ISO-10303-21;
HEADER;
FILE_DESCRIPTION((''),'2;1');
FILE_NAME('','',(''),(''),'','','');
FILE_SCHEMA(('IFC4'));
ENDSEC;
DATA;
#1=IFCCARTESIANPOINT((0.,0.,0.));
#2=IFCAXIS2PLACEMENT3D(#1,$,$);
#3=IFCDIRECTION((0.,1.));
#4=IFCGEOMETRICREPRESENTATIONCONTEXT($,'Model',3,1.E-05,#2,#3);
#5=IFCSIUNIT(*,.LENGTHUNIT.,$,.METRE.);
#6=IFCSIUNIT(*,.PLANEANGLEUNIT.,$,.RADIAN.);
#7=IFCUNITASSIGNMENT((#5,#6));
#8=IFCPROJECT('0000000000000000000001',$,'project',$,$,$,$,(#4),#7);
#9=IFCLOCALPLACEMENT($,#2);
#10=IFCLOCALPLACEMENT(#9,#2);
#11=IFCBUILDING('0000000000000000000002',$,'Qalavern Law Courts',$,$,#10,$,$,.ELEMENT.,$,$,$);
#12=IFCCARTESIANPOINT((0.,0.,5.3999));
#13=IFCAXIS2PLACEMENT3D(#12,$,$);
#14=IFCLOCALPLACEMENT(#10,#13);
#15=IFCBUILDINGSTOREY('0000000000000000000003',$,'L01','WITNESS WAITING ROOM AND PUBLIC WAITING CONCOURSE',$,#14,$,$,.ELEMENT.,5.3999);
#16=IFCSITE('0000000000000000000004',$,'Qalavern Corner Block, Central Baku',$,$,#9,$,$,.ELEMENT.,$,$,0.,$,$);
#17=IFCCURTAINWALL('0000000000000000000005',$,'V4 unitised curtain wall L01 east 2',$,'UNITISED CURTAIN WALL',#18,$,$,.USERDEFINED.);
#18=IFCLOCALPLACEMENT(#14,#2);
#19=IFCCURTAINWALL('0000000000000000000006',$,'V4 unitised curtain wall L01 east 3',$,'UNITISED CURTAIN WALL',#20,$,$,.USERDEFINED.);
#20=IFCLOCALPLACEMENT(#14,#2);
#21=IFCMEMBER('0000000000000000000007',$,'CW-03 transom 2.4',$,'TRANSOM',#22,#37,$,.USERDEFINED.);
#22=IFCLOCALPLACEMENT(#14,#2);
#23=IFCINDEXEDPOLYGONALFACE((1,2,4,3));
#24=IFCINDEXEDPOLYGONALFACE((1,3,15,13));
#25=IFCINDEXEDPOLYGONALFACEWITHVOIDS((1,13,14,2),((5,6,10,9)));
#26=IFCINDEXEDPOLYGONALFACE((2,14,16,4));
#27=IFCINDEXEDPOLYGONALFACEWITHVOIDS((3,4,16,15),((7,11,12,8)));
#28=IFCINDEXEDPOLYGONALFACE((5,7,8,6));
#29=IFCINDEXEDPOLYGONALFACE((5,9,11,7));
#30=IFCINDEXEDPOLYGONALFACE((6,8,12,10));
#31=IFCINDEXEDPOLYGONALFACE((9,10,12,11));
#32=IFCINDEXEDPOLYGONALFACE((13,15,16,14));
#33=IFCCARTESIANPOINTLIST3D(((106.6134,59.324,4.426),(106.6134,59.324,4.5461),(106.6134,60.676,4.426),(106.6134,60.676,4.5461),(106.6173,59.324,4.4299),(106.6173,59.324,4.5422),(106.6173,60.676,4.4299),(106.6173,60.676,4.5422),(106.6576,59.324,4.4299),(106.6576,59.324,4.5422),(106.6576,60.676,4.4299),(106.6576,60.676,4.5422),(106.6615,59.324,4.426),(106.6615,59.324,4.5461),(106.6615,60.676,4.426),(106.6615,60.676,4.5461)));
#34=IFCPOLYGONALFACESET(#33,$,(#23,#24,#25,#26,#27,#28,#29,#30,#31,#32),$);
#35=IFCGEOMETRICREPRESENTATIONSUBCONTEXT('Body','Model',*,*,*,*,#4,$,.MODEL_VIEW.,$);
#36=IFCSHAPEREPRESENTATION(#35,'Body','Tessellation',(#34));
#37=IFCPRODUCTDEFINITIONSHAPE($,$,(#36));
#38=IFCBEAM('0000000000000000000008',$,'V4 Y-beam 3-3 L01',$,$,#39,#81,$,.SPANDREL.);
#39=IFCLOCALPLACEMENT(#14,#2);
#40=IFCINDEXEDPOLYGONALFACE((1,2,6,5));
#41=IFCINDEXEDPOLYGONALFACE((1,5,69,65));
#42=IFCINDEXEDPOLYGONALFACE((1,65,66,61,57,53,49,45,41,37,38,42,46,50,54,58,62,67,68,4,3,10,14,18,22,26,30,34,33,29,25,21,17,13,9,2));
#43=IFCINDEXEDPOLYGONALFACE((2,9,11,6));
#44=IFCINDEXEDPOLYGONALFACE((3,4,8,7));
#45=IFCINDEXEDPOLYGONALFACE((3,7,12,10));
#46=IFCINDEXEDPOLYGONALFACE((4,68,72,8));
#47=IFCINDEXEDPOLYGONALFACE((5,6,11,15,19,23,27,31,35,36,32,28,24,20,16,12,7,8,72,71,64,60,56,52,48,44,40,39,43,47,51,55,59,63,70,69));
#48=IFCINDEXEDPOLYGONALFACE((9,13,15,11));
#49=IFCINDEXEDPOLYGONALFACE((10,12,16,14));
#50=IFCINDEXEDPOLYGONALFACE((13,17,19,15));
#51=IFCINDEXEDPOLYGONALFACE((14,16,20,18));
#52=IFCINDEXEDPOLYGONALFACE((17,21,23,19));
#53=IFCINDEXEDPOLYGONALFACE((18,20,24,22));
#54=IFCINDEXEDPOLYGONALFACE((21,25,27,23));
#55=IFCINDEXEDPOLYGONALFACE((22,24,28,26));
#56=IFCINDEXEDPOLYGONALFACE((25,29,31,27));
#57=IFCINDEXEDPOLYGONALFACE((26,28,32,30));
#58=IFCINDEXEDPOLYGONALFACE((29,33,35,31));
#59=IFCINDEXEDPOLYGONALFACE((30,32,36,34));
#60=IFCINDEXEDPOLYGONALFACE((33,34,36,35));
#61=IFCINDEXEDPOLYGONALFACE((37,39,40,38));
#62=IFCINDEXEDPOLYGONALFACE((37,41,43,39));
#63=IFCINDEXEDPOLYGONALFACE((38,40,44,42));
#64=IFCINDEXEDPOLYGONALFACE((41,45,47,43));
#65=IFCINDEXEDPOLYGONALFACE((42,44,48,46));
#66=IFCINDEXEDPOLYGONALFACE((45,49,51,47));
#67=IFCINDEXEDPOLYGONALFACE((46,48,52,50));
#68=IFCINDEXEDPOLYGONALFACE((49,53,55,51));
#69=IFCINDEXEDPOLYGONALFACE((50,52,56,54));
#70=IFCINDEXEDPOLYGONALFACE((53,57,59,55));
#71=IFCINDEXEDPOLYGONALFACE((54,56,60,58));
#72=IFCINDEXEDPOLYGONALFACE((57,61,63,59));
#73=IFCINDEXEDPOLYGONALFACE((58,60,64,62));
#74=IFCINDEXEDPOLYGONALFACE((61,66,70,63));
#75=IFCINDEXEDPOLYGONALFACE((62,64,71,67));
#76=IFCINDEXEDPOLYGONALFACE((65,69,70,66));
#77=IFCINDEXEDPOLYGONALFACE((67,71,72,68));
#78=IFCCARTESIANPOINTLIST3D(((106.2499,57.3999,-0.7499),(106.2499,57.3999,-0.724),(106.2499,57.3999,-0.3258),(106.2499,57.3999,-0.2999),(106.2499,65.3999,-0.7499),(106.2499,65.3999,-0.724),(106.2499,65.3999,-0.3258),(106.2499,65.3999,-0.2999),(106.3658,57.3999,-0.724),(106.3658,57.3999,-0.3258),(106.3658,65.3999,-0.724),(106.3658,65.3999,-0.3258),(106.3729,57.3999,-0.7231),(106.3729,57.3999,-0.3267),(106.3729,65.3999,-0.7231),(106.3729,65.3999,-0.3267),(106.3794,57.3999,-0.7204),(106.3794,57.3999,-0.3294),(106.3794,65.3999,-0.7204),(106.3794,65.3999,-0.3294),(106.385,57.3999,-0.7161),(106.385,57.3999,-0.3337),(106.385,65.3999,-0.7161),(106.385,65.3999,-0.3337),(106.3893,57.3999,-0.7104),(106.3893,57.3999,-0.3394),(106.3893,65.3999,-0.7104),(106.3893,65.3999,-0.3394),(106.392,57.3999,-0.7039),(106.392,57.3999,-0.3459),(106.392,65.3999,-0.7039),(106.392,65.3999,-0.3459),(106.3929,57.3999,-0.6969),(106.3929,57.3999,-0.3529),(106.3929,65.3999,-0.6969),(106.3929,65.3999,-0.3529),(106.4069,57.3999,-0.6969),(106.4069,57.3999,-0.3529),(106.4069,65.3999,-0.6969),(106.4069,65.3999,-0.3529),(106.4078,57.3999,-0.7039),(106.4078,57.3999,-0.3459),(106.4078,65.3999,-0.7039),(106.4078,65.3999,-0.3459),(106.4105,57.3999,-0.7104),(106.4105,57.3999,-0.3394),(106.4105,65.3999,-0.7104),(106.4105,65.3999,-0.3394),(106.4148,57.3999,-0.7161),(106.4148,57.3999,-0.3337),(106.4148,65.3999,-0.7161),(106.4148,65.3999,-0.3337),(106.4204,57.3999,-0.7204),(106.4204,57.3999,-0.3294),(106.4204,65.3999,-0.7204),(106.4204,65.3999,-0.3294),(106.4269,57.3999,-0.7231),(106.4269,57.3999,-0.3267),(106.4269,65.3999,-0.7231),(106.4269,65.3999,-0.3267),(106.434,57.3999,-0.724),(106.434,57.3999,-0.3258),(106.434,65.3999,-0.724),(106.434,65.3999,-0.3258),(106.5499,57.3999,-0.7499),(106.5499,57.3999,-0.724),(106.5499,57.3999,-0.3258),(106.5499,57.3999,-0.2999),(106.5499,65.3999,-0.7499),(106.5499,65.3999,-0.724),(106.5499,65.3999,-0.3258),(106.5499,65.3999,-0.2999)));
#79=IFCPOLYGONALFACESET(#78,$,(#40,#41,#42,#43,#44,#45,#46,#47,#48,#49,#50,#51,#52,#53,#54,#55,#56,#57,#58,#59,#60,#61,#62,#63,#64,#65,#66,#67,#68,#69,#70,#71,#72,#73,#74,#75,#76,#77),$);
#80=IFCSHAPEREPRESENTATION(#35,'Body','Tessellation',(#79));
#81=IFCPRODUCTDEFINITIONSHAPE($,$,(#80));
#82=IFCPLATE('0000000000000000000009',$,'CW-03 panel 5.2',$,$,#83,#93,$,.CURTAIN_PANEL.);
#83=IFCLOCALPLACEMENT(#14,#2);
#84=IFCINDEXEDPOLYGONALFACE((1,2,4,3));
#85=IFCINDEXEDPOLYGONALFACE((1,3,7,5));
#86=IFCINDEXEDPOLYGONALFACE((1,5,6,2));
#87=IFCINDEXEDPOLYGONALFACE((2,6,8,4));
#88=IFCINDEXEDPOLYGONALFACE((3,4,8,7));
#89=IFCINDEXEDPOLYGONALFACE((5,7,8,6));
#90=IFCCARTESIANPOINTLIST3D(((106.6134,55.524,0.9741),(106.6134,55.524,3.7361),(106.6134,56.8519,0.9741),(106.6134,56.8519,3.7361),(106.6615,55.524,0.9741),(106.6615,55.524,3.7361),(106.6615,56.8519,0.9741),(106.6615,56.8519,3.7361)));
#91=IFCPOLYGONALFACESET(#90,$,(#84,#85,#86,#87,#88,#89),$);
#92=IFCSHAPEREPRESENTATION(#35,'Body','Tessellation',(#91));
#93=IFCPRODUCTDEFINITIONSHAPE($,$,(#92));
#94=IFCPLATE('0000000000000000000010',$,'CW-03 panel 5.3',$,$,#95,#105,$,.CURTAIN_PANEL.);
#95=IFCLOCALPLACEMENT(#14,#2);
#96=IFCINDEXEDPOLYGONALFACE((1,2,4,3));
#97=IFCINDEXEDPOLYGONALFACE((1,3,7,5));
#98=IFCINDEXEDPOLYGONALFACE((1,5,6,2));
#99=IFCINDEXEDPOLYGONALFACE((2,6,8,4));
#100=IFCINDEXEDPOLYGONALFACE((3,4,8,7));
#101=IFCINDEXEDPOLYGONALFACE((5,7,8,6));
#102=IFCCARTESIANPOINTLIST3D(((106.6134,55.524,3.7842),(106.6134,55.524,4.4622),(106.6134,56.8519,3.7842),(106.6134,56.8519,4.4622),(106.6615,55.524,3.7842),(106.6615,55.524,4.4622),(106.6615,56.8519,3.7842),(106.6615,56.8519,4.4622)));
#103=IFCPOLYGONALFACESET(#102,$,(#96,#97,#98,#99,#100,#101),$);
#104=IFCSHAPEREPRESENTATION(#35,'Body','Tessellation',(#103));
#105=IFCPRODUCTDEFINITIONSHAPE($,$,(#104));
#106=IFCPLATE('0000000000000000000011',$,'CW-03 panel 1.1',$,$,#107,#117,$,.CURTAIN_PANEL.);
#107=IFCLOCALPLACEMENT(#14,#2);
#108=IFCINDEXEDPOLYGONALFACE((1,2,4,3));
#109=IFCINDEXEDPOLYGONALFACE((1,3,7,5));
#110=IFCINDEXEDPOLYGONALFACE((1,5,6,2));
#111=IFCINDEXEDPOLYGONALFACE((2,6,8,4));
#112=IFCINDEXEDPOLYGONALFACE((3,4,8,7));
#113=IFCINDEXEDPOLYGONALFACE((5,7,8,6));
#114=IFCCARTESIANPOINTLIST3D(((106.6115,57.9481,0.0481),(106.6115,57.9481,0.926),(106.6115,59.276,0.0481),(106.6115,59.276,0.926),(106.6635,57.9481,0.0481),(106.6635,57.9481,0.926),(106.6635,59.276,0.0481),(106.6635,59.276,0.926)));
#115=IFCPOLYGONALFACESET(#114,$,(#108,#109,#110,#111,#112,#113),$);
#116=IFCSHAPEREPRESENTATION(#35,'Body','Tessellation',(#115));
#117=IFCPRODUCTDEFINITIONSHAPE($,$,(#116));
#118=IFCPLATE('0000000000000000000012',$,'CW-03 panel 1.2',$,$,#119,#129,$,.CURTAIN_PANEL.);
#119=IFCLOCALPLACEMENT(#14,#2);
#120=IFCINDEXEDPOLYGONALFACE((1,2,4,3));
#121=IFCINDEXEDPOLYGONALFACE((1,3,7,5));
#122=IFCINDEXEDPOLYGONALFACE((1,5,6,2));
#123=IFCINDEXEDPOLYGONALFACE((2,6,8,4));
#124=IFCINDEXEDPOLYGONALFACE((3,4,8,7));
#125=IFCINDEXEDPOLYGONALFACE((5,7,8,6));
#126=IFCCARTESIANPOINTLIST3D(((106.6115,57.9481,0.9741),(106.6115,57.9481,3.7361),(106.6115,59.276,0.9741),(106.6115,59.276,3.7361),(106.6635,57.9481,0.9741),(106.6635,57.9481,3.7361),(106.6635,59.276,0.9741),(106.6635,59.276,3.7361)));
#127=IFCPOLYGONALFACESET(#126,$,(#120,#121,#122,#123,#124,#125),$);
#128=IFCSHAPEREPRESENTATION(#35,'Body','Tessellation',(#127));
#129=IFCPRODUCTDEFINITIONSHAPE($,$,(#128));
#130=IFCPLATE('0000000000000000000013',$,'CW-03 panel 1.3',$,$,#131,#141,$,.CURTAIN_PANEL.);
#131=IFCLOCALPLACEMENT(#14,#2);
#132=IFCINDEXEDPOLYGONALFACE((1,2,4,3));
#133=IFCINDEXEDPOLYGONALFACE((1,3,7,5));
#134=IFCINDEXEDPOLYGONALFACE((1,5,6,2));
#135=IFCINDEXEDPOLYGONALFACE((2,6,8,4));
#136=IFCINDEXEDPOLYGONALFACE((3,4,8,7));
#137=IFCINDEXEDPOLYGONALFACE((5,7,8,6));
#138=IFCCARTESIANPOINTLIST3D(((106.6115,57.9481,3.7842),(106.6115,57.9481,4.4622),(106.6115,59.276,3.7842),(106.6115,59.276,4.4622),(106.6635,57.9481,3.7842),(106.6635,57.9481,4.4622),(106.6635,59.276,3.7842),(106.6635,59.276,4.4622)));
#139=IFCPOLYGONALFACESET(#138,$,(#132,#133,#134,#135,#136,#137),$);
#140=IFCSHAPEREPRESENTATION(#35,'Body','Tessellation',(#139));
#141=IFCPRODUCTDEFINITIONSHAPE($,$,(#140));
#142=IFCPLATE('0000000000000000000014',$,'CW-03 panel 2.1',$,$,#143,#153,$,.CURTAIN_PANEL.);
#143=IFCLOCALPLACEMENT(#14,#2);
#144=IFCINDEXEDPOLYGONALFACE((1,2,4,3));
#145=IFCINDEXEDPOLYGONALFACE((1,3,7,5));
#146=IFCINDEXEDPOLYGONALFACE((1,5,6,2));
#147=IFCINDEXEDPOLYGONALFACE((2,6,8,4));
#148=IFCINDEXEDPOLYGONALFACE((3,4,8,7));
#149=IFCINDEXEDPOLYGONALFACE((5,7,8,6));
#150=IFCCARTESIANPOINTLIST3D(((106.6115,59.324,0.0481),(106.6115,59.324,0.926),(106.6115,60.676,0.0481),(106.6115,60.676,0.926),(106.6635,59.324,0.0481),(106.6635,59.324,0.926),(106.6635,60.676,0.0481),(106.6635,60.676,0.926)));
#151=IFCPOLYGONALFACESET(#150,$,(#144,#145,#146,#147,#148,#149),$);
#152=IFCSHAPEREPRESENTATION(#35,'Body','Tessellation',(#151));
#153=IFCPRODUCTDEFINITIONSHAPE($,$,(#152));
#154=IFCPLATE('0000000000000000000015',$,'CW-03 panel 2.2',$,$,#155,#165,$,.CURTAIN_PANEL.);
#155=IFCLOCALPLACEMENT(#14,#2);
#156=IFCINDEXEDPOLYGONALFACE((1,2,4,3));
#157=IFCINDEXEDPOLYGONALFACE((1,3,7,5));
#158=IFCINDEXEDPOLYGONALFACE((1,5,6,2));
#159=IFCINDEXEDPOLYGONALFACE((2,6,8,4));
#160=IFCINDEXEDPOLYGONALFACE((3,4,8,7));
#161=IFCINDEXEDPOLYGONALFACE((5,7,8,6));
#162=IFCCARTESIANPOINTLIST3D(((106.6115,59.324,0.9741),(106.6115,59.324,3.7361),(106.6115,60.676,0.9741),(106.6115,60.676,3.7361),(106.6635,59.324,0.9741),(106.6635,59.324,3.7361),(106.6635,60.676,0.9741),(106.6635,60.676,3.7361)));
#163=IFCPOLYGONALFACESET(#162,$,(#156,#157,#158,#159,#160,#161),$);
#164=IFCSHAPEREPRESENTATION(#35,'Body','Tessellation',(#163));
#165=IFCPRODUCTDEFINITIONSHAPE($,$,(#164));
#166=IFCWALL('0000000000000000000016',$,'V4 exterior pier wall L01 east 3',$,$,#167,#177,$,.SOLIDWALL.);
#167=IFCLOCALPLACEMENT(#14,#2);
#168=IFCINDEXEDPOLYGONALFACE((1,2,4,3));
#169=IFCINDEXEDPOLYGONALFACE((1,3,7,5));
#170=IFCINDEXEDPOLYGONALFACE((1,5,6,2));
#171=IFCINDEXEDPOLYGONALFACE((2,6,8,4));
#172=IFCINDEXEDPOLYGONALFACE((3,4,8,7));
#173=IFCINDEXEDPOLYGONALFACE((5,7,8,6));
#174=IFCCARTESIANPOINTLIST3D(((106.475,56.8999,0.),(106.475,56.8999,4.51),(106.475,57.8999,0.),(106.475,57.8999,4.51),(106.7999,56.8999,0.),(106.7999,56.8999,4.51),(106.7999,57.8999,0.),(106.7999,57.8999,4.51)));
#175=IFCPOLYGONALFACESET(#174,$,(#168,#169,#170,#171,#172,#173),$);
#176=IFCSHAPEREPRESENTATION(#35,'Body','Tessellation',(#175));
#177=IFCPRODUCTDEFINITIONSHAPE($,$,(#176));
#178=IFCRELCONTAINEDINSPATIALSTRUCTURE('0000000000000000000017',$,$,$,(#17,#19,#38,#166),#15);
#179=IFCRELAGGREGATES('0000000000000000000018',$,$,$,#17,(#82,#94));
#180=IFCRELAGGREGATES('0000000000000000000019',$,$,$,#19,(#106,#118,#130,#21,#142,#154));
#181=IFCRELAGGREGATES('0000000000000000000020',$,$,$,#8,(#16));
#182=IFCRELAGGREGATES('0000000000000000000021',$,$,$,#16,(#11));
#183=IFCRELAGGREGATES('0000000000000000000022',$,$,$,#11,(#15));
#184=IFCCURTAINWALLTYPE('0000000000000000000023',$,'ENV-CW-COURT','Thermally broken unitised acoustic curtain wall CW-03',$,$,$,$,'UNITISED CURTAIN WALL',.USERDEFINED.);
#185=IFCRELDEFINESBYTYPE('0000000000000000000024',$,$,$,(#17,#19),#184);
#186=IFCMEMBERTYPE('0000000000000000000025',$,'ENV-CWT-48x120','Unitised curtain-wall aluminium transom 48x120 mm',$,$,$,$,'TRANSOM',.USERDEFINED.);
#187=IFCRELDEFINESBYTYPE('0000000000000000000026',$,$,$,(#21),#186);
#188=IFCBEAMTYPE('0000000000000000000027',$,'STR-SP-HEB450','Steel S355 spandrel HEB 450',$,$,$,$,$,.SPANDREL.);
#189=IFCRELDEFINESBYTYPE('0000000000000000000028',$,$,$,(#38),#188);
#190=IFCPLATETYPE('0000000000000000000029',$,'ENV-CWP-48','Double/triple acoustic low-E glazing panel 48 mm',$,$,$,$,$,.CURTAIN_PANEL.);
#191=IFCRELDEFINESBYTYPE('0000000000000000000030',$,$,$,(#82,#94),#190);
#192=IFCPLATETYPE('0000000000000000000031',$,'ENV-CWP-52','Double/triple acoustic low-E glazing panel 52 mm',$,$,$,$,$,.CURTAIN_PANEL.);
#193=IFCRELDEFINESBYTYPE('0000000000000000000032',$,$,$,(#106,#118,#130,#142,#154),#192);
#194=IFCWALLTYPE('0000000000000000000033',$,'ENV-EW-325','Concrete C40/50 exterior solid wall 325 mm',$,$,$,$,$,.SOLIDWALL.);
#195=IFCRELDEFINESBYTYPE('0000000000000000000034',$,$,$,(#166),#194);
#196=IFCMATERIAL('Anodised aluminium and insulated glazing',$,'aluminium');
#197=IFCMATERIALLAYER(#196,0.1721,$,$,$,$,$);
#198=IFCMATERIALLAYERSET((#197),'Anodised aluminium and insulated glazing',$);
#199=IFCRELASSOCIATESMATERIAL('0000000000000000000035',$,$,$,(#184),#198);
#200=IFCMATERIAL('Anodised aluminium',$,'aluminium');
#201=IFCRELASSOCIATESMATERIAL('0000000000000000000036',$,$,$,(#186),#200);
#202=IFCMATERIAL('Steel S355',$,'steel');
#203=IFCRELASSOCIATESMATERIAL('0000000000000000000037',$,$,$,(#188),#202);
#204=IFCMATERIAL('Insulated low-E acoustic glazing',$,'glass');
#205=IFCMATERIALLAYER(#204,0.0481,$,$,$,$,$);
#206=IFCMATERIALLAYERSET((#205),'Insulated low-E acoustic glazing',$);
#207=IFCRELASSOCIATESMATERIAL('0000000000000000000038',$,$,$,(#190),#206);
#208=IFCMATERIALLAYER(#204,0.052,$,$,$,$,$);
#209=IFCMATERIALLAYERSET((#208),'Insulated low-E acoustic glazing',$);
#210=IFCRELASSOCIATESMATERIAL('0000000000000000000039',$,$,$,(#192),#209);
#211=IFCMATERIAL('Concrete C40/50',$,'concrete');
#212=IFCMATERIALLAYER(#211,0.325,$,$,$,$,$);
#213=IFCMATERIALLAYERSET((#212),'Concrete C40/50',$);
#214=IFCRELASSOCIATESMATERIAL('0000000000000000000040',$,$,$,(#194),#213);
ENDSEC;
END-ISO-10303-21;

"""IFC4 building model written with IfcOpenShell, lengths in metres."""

from ifc_helpers import new_model, si_unit, direction, frame, frame_2d, origin, origin_2d, place, context, subcontext, project, spatial, rectangle, hollow_rectangle, i_section, extrude, material, layer, layer_set, material_profile, profile_set, type_object, element, aggregate, save


model = new_model("IFC4")

# Units and contexts
model_context = context("Model", 3, precision=1e-05, world=origin(), true_north=direction((0.0, 1.0)))
body_context = subcontext(model_context, "Body", "Model", "MODEL_VIEW")
ifc_project = project(units=[si_unit("LENGTHUNIT", "METRE"), si_unit("PLANEANGLEUNIT", "RADIAN")], contexts=[model_context])

# Site, building, storey
site_placement = place(None, origin())
site = spatial("IfcSite", under=ifc_project, at=site_placement, Name="Qalavern Corner Block, Central Baku", CompositionType="ELEMENT", RefElevation=0.0)
building_placement = place(site_placement, origin())
building = spatial("IfcBuilding", under=site, at=building_placement, Name="Qalavern Law Courts", CompositionType="ELEMENT")
storey_placement = place(building_placement, frame((0.0, 0.0, 5.3999)))
storey = spatial("IfcBuildingStorey", under=building, at=storey_placement, Name="L01", Description="WITNESS WAITING ROOM AND PUBLIC WAITING CONCOURSE", CompositionType="ELEMENT", Elevation=5.3999)

# Curtain wall
ifc_material_1 = material(Name="Anodised aluminium and insulated glazing", Category="aluminium")
ifc_layer_1 = layer(ifc_material_1, 0.1721)
ifc_layer_set_1 = layer_set([ifc_layer_1], Name="Anodised aluminium and insulated glazing")
curtain_wall_type = type_object("IfcCurtainWallType", Name="ENV-CW-COURT", Description="Thermally broken unitised acoustic curtain wall CW-03", ElementType="UNITISED CURTAIN WALL", PredefinedType="USERDEFINED", material=ifc_layer_set_1)
curtain_wall_1_placement = place(storey_placement, origin())
curtain_wall_1 = element("IfcCurtainWall", 1, at=curtain_wall_1_placement, inside=storey, type_object=curtain_wall_type, Name="V4 unitised curtain wall L01 east 2", ObjectType="UNITISED CURTAIN WALL", PredefinedType="USERDEFINED")
ifc_material_2 = material(Name="Anodised aluminium", Category="aluminium")

# Curtain wall, member
curtain_wall_2_placement = place(storey_placement, origin())
curtain_wall_2 = element("IfcCurtainWall", 2, at=curtain_wall_2_placement, inside=storey, type_object=curtain_wall_type, Name="V4 unitised curtain wall L01 east 3", ObjectType="UNITISED CURTAIN WALL", PredefinedType="USERDEFINED")
ifc_material_profile_1 = material_profile(ifc_material_2, hollow_rectangle(XDim=0.0481, YDim=0.1201, WallThickness=0.0039, at=origin_2d()), Name="ALU TRANSOM 48x120")
ifc_profile_set_1 = profile_set([ifc_material_profile_1], Name="Anodised aluminium")
member_type_1 = type_object("IfcMemberType", Name="ENV-CWT-48x120", Description="Unitised curtain-wall aluminium transom 48x120 mm", ElementType="TRANSOM", PredefinedType="USERDEFINED", material=ifc_profile_set_1)
member_1_placement = place(storey_placement, frame((106.6375, 59.324, 4.4861), z_axis=(0.0, 1.0, 0.0), x_axis=(-1.0, 0.0, 0.0)))
member_1 = element("IfcMember", 3, at=member_1_placement, type_object=member_type_1, Name="CW-03 transom 2.4", ObjectType="TRANSOM", PredefinedType="USERDEFINED", context=body_context, shape_type="SweptSolid", body=[
    extrude(hollow_rectangle(XDim=0.0481, YDim=0.1201, WallThickness=0.0039, at=origin_2d()), origin(), (0.0, 0.0, 1.0), 1.3521),
])

# Beam
ifc_material_3 = material(Name="Steel S355", Category="steel")
ifc_material_profile_2 = material_profile(ifc_material_3, i_section(OverallWidth=0.3, OverallDepth=0.45, WebThickness=0.0139, FlangeThickness=0.0259, FilletRadius=0.0271, at=origin_2d()), Name="HEB 450")
ifc_profile_set_2 = profile_set([ifc_material_profile_2], Name="Steel S355")
beam_type = type_object("IfcBeamType", Name="STR-SP-HEB450", Description="Steel S355 spandrel HEB 450", PredefinedType="SPANDREL", material=ifc_profile_set_2)
beam_placement = place(storey_placement, frame((106.3999, 57.3999, -0.5249), z_axis=(0.0, 1.0, 0.0), x_axis=(-1.0, 0.0, 0.0)))
element("IfcBeam", 4, at=beam_placement, inside=storey, type_object=beam_type, Name="V4 Y-beam 3-3 L01", PredefinedType="SPANDREL", context=body_context, shape_type="SweptSolid", body=[
    extrude(i_section(OverallWidth=0.3, OverallDepth=0.45, WebThickness=0.0139, FlangeThickness=0.0259, FilletRadius=0.0271, at=origin_2d()), origin(), (0.0, 0.0, 1.0), 8.0),
])

# Plates
ifc_material_4 = material(Name="Insulated low-E acoustic glazing", Category="glass")
ifc_layer_2 = layer(ifc_material_4, 0.0481)
ifc_layer_set_2 = layer_set([ifc_layer_2], Name="Insulated low-E acoustic glazing")
plate_type_1 = type_object("IfcPlateType", Name="ENV-CWP-48", Description="Double/triple acoustic low-E glazing panel 48 mm", PredefinedType="CURTAIN_PANEL", material=ifc_layer_set_2)
plate_1_placement = place(storey_placement, frame((106.6375, 56.188, 0.9741), z_axis=(0.0, 0.0, 1.0), x_axis=(0.0, 1.0, 0.0)))
plate_1 = element("IfcPlate", 5, at=plate_1_placement, type_object=plate_type_1, Name="CW-03 panel 5.2", PredefinedType="CURTAIN_PANEL", context=body_context, shape_type="SweptSolid", body=[
    extrude(rectangle(XDim=1.3279, YDim=0.0481, at=origin_2d()), origin(), (0.0, 0.0, 1.0), 2.762),
])
plate_2_placement = place(storey_placement, frame((106.6375, 56.188, 3.7842), z_axis=(0.0, 0.0, 1.0), x_axis=(0.0, 1.0, 0.0)))
plate_2 = element("IfcPlate", 6, at=plate_2_placement, type_object=plate_type_1, Name="CW-03 panel 5.3", PredefinedType="CURTAIN_PANEL", context=body_context, shape_type="SweptSolid", body=[
    extrude(rectangle(XDim=1.3279, YDim=0.0481, at=origin_2d()), origin(), (0.0, 0.0, 1.0), 0.678),
])
aggregate(curtain_wall_1, [plate_1, plate_2])
ifc_layer_3 = layer(ifc_material_4, 0.052)
ifc_layer_set_3 = layer_set([ifc_layer_3], Name="Insulated low-E acoustic glazing")
plate_type_2 = type_object("IfcPlateType", Name="ENV-CWP-52", Description="Double/triple acoustic low-E glazing panel 52 mm", PredefinedType="CURTAIN_PANEL", material=ifc_layer_set_3)
plate_3_placement = place(storey_placement, frame((106.6375, 58.6121, 0.0481), z_axis=(0.0, 0.0, 1.0), x_axis=(0.0, 1.0, 0.0)))
plate_3 = element("IfcPlate", 7, at=plate_3_placement, type_object=plate_type_2, Name="CW-03 panel 1.1", PredefinedType="CURTAIN_PANEL", context=body_context, shape_type="SweptSolid", body=[
    extrude(rectangle(XDim=1.3279, YDim=0.052, at=origin_2d()), origin(), (0.0, 0.0, 1.0), 0.8779),
])
plate_4_placement = place(storey_placement, frame((106.6375, 58.6121, 0.9741), z_axis=(0.0, 0.0, 1.0), x_axis=(0.0, 1.0, 0.0)))
plate_4 = element("IfcPlate", 8, at=plate_4_placement, type_object=plate_type_2, Name="CW-03 panel 1.2", PredefinedType="CURTAIN_PANEL", context=body_context, shape_type="SweptSolid", body=[
    extrude(rectangle(XDim=1.3279, YDim=0.052, at=origin_2d()), origin(), (0.0, 0.0, 1.0), 2.762),
])
plate_5_placement = place(storey_placement, frame((106.6375, 58.6121, 3.7842), z_axis=(0.0, 0.0, 1.0), x_axis=(0.0, 1.0, 0.0)))
plate_5 = element("IfcPlate", 9, at=plate_5_placement, type_object=plate_type_2, Name="CW-03 panel 1.3", PredefinedType="CURTAIN_PANEL", context=body_context, shape_type="SweptSolid", body=[
    extrude(rectangle(XDim=1.3279, YDim=0.052, at=origin_2d()), origin(), (0.0, 0.0, 1.0), 0.678),
])
plate_6_placement = place(storey_placement, frame((106.6375, 60.0, 0.0481), z_axis=(0.0, 0.0, 1.0), x_axis=(0.0, 1.0, 0.0)))
plate_6 = element("IfcPlate", 10, at=plate_6_placement, type_object=plate_type_2, Name="CW-03 panel 2.1", PredefinedType="CURTAIN_PANEL", context=body_context, shape_type="SweptSolid", body=[
    extrude(rectangle(XDim=1.3521, YDim=0.052, at=origin_2d()), origin(), (0.0, 0.0, 1.0), 0.8779),
])
plate_7_placement = place(storey_placement, frame((106.6375, 60.0, 0.9741), z_axis=(0.0, 0.0, 1.0), x_axis=(0.0, 1.0, 0.0)))
plate_7 = element("IfcPlate", 11, at=plate_7_placement, type_object=plate_type_2, Name="CW-03 panel 2.2", PredefinedType="CURTAIN_PANEL", context=body_context, shape_type="SweptSolid", body=[
    extrude(rectangle(XDim=1.3521, YDim=0.052, at=origin_2d()), origin(), (0.0, 0.0, 1.0), 2.762),
])
aggregate(curtain_wall_2, [plate_3, plate_4, plate_5, member_1, plate_6, plate_7])

# Wall
ifc_material_5 = material(Name="Concrete C40/50", Category="concrete")
ifc_layer_4 = layer(ifc_material_5, 0.325)
ifc_layer_set_4 = layer_set([ifc_layer_4], Name="Concrete C40/50")
wall_type = type_object("IfcWallType", Name="ENV-EW-325", Description="Concrete C40/50 exterior solid wall 325 mm", PredefinedType="SOLIDWALL", material=ifc_layer_set_4)
wall_placement = place(storey_placement, frame((106.6375, 56.8999, 0.0), z_axis=(0.0, 0.0, 1.0), x_axis=(0.0, 1.0, 0.0)))
element("IfcWall", 12, at=wall_placement, inside=storey, type_object=wall_type, Name="V4 exterior pier wall L01 east 3", PredefinedType="SOLIDWALL", context=body_context, shape_type="SweptSolid", body=[
    extrude(rectangle(XDim=1.0, YDim=0.325, at=frame_2d((0.5, 0.0))), origin(), (0.0, 0.0, 1.0), 4.51),
])

save(model, "model.ifc")
